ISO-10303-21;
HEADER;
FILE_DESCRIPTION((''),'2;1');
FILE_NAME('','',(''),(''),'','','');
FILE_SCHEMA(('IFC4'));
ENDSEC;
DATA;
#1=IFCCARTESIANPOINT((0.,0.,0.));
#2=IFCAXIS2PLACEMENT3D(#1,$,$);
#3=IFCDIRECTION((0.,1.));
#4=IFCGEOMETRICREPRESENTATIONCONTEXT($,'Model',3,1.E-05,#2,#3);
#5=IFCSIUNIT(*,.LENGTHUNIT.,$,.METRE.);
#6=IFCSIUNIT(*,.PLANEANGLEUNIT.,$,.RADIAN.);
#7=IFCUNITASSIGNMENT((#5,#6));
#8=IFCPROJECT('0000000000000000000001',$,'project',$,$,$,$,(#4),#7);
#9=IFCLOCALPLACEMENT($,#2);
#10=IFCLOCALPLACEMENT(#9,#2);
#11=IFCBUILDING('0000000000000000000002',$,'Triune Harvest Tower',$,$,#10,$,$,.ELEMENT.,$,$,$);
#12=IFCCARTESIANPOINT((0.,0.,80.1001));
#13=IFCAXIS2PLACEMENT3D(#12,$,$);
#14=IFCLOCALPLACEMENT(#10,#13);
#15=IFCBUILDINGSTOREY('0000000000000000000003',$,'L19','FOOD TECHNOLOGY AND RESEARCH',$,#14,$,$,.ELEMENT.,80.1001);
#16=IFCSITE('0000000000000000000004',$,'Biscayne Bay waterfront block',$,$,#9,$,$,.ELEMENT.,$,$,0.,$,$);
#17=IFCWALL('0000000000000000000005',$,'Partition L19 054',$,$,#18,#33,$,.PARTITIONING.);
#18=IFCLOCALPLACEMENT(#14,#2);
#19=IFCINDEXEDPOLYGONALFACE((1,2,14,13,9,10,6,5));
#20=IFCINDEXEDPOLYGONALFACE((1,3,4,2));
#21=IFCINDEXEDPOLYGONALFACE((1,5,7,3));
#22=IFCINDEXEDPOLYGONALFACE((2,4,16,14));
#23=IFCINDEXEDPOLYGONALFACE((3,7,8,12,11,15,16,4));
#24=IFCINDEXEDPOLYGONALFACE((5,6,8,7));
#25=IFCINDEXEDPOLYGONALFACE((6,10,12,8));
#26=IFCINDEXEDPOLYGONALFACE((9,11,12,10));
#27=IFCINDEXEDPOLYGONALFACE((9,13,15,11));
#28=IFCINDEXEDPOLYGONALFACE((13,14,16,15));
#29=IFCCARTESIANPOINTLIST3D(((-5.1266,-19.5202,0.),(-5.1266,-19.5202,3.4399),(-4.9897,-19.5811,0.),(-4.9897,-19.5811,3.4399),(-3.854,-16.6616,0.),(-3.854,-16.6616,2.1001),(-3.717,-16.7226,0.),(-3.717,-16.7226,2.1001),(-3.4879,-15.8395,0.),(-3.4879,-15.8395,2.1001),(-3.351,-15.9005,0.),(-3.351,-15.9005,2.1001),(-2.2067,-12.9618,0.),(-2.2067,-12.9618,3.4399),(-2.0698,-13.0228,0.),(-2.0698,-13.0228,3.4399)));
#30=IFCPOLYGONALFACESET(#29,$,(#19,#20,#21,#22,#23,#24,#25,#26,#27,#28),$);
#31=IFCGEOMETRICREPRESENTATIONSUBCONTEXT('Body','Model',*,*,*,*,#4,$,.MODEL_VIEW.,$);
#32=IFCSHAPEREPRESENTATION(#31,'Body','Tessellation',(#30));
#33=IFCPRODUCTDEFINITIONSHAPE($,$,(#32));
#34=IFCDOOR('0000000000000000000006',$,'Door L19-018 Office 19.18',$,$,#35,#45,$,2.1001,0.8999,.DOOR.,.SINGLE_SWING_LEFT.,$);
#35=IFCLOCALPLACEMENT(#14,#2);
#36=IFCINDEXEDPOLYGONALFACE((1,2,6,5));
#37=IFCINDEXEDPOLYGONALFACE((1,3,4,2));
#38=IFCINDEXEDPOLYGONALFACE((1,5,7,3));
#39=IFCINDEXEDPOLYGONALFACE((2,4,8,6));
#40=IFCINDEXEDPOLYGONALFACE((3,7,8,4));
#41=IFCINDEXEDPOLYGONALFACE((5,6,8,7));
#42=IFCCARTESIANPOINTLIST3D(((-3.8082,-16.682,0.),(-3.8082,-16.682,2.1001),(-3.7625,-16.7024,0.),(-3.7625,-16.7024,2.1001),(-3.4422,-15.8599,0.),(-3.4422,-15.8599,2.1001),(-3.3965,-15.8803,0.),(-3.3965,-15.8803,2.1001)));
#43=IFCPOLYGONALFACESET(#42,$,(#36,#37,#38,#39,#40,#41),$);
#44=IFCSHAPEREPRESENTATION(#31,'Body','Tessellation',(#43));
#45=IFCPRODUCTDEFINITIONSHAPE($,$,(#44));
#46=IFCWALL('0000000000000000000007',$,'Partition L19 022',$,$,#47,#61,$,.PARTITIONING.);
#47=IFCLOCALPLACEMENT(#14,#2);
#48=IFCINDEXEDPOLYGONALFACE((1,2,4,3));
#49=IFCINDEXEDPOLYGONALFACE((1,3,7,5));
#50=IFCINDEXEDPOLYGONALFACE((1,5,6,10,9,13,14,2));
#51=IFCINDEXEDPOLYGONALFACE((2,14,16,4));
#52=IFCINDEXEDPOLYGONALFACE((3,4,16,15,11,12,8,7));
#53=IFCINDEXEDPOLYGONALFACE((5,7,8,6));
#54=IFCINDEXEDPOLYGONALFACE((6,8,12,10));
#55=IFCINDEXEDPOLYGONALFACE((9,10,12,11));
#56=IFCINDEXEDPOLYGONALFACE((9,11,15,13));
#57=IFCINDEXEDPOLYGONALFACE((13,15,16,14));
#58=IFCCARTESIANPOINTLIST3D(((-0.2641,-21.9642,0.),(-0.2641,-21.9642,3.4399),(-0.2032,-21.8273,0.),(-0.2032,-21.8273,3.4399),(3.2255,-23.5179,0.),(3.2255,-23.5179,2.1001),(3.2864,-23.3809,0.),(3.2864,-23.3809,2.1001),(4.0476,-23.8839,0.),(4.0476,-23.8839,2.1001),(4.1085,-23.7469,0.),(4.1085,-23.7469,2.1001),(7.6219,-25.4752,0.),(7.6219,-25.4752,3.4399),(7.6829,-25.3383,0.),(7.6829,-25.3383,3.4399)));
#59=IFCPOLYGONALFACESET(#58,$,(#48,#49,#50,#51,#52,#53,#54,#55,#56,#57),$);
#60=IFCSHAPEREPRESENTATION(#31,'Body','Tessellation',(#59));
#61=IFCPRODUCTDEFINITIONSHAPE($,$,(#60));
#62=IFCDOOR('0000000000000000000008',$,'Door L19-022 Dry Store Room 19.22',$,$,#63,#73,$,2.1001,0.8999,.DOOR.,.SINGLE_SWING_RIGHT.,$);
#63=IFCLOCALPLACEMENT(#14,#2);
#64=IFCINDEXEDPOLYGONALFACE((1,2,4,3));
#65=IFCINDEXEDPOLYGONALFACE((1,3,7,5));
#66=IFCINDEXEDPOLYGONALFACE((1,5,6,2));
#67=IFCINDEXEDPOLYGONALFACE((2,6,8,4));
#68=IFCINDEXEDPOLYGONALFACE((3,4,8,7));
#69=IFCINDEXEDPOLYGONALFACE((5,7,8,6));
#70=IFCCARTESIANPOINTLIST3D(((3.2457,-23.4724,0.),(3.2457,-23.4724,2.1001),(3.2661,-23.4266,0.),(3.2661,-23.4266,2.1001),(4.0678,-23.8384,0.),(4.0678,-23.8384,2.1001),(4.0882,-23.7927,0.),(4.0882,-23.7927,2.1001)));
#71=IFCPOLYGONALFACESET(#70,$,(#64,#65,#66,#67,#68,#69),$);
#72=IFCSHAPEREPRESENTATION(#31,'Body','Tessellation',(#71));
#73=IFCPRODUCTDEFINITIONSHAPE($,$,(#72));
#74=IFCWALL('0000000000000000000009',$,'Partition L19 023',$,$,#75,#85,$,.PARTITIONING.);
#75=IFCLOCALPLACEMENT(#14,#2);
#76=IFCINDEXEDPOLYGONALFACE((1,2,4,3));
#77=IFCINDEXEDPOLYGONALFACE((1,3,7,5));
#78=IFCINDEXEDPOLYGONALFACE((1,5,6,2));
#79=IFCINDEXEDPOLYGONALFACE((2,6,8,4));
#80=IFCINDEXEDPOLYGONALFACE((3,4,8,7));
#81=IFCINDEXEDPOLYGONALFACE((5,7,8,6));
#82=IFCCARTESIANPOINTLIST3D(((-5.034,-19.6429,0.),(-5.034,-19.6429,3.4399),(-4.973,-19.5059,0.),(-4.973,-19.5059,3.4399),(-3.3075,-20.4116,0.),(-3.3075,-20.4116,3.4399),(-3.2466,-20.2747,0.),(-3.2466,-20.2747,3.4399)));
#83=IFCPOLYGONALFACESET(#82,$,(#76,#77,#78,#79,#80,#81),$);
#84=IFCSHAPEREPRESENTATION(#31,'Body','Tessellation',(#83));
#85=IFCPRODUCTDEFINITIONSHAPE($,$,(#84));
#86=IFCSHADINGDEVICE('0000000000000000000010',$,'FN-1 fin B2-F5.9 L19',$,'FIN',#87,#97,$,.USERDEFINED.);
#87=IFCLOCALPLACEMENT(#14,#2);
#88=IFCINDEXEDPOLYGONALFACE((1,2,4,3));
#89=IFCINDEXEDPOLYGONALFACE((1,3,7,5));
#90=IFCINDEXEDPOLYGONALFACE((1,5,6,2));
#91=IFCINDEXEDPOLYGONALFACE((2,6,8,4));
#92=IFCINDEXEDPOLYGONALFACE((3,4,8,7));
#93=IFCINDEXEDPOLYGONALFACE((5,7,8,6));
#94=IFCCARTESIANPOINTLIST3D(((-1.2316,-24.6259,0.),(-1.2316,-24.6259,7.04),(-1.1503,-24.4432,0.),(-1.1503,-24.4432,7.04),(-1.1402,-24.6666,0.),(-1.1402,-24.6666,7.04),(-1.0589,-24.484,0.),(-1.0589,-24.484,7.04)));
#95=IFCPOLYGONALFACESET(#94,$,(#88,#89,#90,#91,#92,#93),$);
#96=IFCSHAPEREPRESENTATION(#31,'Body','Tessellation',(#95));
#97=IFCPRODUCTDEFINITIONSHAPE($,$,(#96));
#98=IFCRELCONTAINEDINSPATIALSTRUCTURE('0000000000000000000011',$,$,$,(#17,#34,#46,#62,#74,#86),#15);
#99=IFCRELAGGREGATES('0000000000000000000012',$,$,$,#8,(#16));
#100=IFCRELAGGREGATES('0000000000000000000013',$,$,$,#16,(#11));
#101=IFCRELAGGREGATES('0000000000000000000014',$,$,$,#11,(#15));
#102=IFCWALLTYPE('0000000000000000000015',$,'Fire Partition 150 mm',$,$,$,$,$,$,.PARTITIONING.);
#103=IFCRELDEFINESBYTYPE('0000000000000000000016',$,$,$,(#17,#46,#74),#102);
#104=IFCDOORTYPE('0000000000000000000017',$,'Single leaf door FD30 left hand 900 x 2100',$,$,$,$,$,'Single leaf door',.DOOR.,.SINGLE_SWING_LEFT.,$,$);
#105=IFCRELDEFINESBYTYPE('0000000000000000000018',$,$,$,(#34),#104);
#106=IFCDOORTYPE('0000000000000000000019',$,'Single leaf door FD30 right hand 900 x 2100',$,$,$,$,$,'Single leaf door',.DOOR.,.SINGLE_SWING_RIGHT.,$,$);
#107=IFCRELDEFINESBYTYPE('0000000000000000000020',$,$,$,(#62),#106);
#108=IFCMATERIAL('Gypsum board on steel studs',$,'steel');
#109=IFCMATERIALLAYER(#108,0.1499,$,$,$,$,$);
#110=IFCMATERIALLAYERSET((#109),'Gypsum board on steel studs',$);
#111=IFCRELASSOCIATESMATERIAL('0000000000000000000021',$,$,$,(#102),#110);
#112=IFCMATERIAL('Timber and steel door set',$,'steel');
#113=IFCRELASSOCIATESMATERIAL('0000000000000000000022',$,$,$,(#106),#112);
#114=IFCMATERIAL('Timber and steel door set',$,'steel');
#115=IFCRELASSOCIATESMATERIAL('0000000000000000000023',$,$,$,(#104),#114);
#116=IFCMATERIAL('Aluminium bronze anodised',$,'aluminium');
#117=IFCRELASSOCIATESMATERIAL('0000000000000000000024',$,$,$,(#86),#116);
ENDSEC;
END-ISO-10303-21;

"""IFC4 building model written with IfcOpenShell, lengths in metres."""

from ifc_helpers import new_model, si_unit, direction, frame, frame_2d, origin, origin_2d, place, context, subcontext, project, spatial, rectangle, extrude, source, transform, mapped, material, layer, layer_set, type_object, element, fill, save


model = new_model("IFC4")

# Units and contexts
model_context = context("Model", 3, precision=1e-05, world=origin(), true_north=direction((0.0, 1.0)))
body_context = subcontext(model_context, "Body", "Model", "MODEL_VIEW")
ifc_project = project(units=[si_unit("LENGTHUNIT", "METRE"), si_unit("PLANEANGLEUNIT", "RADIAN")], contexts=[model_context])

# Site, building, storey
site_placement = place(None, origin())
site = spatial("IfcSite", under=ifc_project, at=site_placement, Name="Biscayne Bay waterfront block", CompositionType="ELEMENT", RefElevation=0.0)
building_placement = place(site_placement, origin())
building = spatial("IfcBuilding", under=site, at=building_placement, Name="Triune Harvest Tower", CompositionType="ELEMENT")
storey_placement = place(building_placement, frame((0.0, 0.0, 80.1001)))
storey = spatial("IfcBuildingStorey", under=building, at=storey_placement, Name="L19", Description="FOOD TECHNOLOGY AND RESEARCH", CompositionType="ELEMENT", Elevation=80.1001)

# Walls, openings, doors
ifc_material_1 = material(Name="Gypsum board on steel studs", Category="steel")
ifc_layer_1 = layer(ifc_material_1, 0.1499)
ifc_layer_set_1 = layer_set([ifc_layer_1], Name="Gypsum board on steel studs")
wall_type_1 = type_object("IfcWallType", Name="Fire Partition 150 mm", PredefinedType="PARTITIONING", material=ifc_layer_set_1)
ifc_material_2 = material(Name="Timber and steel door set", Category="steel")
door_type_1 = type_object("IfcDoorType", Name="Single leaf door FD30 right hand 900 x 2100", ElementType="Single leaf door", OperationType="SINGLE_SWING_RIGHT", PredefinedType="DOOR", material=ifc_material_2)
shared_shape_1 = source(origin(), body_context, "Body", "SweptSolid", [
    extrude(rectangle(XDim=7.179, YDim=0.1499, at=frame_2d((3.5894, 0.0))), origin(), (0.0, 0.0, 1.0), 3.4399),
])
wall_1_placement = place(storey_placement, frame((-5.0581, -19.5505, 0.0), z_axis=(0.0, 0.0, 1.0), x_axis=(0.406732, 0.913548, 0.0)))
wall_1 = element("IfcWall", 1, at=wall_1_placement, inside=storey, type_object=wall_type_1, Name="Partition L19 054", PredefinedType="PARTITIONING", context=body_context, shape_type="MappedRepresentation", body=[
    mapped(shared_shape_1, transform((0.0, 0.0, 0.0), scale=1.0)),
])
opening_1_placement = place(wall_1_placement, frame((3.1289, 0.0, 0.0)))
opening_1 = element("IfcOpeningElement", 2, at=opening_1_placement, cuts=wall_1, PredefinedType="OPENING", context=body_context, shape_type="SweptSolid", body=[
    extrude(rectangle(XDim=0.8999, YDim=2.1001, at=frame_2d((0.45, 1.05))), frame((0.0, 0.085, 0.0), z_axis=(0.0, -1.0, 0.0), x_axis=(1.0, 0.0, 0.0)), (0.0, 0.0, 1.0), 0.1699),
])
ifc_material_3 = material(Name="Timber and steel door set", Category="steel")
door_type_2 = type_object("IfcDoorType", Name="Single leaf door FD30 left hand 900 x 2100", ElementType="Single leaf door", OperationType="SINGLE_SWING_LEFT", PredefinedType="DOOR", material=ifc_material_3)
door_1_placement = place(opening_1_placement, origin())
door_1 = element("IfcDoor", 3, at=door_1_placement, inside=storey, type_object=door_type_2, Name="Door L19-018 Office 19.18", OperationType="SINGLE_SWING_LEFT", OverallHeight=2.1001, OverallWidth=0.8999, PredefinedType="DOOR", context=body_context, shape_type="SweptSolid", body=[
    extrude(rectangle(XDim=0.8999, YDim=2.1001, at=frame_2d((0.45, 1.05))), frame((0.0, 0.0249, 0.0), z_axis=(0.0, -1.0, 0.0), x_axis=(1.0, 0.0, 0.0)), (0.0, 0.0, 1.0), 0.05),
])
fill(opening_1, door_1)
shared_shape_2 = source(origin(), body_context, "Body", "SweptSolid", [
    extrude(rectangle(XDim=8.6323, YDim=0.1499, at=frame_2d((4.3162, 0.0))), origin(), (0.0, 0.0, 1.0), 3.4399),
])
wall_2_placement = place(storey_placement, frame((-0.2336, -21.8958, 0.0), z_axis=(0.0, 0.0, 1.0), x_axis=(0.913549, -0.406729, 0.0)))
wall_2 = element("IfcWall", 4, at=wall_2_placement, inside=storey, type_object=wall_type_1, Name="Partition L19 022", PredefinedType="PARTITIONING", context=body_context, shape_type="MappedRepresentation", body=[
    mapped(shared_shape_2, transform((0.0, 0.0, 0.0), scale=1.0)),
])
opening_2_placement = place(wall_2_placement, frame((3.8198, 0.0, 0.0)))
opening_2 = element("IfcOpeningElement", 5, at=opening_2_placement, cuts=wall_2, PredefinedType="OPENING", context=body_context, shape_type="SweptSolid", body=[
    extrude(rectangle(XDim=0.8999, YDim=2.1001, at=frame_2d((0.45, 1.05))), frame((0.0, 0.085, 0.0), z_axis=(0.0, -1.0, 0.0), x_axis=(1.0, 0.0, 0.0)), (0.0, 0.0, 1.0), 0.1699),
])
door_2_placement = place(opening_2_placement, origin())
door_2 = element("IfcDoor", 6, at=door_2_placement, inside=storey, type_object=door_type_1, Name="Door L19-022 Dry Store Room 19.22", OperationType="SINGLE_SWING_RIGHT", OverallHeight=2.1001, OverallWidth=0.8999, PredefinedType="DOOR", context=body_context, shape_type="SweptSolid", body=[
    extrude(rectangle(XDim=0.8999, YDim=2.1001, at=frame_2d((0.45, 1.05))), frame((0.0, 0.0249, 0.0), z_axis=(0.0, -1.0, 0.0), x_axis=(1.0, 0.0, 0.0)), (0.0, 0.0, 1.0), 0.05),
])
fill(opening_2, door_2)

# Wall
shared_shape_3 = source(origin(), body_context, "Body", "SweptSolid", [
    extrude(rectangle(XDim=1.8899, YDim=0.1499, at=frame_2d((0.9448, 0.0))), origin(), (0.0, 0.0, 1.0), 3.4399),
])
wall_3_placement = place(storey_placement, frame((-5.0034, -19.5745, 0.0), z_axis=(0.0, 0.0, 1.0), x_axis=(0.913529, -0.406774, 0.0)))
element("IfcWall", 7, at=wall_3_placement, inside=storey, type_object=wall_type_1, Name="Partition L19 023", PredefinedType="PARTITIONING", context=body_context, shape_type="MappedRepresentation", body=[
    mapped(shared_shape_3, transform((0.0, 0.0, 0.0), scale=1.0)),
])

# Shading device
ifc_material_4 = material(Name="Aluminium bronze anodised", Category="aluminium")
shared_shape_4 = source(origin(), body_context, "Body", "SweptSolid", [
    extrude(rectangle(XDim=0.1001, YDim=0.2, at=origin_2d()), origin(), (0.0, 0.0, 1.0), 7.04),
])
shading_device_placement = place(storey_placement, frame((-1.1453, -24.5549, 0.0), z_axis=(0.0, 0.0, 1.0), x_axis=(0.913545, -0.406737, 0.0)))
element("IfcShadingDevice", 8, at=shading_device_placement, inside=storey, material=ifc_material_4, Name="FN-1 fin B2-F5.9 L19", ObjectType="FIN", PredefinedType="USERDEFINED", context=body_context, shape_type="MappedRepresentation", body=[
    mapped(shared_shape_4, transform((0.0, 0.0, 0.0), scale=1.0)),
])

save(model, "model.ifc")
